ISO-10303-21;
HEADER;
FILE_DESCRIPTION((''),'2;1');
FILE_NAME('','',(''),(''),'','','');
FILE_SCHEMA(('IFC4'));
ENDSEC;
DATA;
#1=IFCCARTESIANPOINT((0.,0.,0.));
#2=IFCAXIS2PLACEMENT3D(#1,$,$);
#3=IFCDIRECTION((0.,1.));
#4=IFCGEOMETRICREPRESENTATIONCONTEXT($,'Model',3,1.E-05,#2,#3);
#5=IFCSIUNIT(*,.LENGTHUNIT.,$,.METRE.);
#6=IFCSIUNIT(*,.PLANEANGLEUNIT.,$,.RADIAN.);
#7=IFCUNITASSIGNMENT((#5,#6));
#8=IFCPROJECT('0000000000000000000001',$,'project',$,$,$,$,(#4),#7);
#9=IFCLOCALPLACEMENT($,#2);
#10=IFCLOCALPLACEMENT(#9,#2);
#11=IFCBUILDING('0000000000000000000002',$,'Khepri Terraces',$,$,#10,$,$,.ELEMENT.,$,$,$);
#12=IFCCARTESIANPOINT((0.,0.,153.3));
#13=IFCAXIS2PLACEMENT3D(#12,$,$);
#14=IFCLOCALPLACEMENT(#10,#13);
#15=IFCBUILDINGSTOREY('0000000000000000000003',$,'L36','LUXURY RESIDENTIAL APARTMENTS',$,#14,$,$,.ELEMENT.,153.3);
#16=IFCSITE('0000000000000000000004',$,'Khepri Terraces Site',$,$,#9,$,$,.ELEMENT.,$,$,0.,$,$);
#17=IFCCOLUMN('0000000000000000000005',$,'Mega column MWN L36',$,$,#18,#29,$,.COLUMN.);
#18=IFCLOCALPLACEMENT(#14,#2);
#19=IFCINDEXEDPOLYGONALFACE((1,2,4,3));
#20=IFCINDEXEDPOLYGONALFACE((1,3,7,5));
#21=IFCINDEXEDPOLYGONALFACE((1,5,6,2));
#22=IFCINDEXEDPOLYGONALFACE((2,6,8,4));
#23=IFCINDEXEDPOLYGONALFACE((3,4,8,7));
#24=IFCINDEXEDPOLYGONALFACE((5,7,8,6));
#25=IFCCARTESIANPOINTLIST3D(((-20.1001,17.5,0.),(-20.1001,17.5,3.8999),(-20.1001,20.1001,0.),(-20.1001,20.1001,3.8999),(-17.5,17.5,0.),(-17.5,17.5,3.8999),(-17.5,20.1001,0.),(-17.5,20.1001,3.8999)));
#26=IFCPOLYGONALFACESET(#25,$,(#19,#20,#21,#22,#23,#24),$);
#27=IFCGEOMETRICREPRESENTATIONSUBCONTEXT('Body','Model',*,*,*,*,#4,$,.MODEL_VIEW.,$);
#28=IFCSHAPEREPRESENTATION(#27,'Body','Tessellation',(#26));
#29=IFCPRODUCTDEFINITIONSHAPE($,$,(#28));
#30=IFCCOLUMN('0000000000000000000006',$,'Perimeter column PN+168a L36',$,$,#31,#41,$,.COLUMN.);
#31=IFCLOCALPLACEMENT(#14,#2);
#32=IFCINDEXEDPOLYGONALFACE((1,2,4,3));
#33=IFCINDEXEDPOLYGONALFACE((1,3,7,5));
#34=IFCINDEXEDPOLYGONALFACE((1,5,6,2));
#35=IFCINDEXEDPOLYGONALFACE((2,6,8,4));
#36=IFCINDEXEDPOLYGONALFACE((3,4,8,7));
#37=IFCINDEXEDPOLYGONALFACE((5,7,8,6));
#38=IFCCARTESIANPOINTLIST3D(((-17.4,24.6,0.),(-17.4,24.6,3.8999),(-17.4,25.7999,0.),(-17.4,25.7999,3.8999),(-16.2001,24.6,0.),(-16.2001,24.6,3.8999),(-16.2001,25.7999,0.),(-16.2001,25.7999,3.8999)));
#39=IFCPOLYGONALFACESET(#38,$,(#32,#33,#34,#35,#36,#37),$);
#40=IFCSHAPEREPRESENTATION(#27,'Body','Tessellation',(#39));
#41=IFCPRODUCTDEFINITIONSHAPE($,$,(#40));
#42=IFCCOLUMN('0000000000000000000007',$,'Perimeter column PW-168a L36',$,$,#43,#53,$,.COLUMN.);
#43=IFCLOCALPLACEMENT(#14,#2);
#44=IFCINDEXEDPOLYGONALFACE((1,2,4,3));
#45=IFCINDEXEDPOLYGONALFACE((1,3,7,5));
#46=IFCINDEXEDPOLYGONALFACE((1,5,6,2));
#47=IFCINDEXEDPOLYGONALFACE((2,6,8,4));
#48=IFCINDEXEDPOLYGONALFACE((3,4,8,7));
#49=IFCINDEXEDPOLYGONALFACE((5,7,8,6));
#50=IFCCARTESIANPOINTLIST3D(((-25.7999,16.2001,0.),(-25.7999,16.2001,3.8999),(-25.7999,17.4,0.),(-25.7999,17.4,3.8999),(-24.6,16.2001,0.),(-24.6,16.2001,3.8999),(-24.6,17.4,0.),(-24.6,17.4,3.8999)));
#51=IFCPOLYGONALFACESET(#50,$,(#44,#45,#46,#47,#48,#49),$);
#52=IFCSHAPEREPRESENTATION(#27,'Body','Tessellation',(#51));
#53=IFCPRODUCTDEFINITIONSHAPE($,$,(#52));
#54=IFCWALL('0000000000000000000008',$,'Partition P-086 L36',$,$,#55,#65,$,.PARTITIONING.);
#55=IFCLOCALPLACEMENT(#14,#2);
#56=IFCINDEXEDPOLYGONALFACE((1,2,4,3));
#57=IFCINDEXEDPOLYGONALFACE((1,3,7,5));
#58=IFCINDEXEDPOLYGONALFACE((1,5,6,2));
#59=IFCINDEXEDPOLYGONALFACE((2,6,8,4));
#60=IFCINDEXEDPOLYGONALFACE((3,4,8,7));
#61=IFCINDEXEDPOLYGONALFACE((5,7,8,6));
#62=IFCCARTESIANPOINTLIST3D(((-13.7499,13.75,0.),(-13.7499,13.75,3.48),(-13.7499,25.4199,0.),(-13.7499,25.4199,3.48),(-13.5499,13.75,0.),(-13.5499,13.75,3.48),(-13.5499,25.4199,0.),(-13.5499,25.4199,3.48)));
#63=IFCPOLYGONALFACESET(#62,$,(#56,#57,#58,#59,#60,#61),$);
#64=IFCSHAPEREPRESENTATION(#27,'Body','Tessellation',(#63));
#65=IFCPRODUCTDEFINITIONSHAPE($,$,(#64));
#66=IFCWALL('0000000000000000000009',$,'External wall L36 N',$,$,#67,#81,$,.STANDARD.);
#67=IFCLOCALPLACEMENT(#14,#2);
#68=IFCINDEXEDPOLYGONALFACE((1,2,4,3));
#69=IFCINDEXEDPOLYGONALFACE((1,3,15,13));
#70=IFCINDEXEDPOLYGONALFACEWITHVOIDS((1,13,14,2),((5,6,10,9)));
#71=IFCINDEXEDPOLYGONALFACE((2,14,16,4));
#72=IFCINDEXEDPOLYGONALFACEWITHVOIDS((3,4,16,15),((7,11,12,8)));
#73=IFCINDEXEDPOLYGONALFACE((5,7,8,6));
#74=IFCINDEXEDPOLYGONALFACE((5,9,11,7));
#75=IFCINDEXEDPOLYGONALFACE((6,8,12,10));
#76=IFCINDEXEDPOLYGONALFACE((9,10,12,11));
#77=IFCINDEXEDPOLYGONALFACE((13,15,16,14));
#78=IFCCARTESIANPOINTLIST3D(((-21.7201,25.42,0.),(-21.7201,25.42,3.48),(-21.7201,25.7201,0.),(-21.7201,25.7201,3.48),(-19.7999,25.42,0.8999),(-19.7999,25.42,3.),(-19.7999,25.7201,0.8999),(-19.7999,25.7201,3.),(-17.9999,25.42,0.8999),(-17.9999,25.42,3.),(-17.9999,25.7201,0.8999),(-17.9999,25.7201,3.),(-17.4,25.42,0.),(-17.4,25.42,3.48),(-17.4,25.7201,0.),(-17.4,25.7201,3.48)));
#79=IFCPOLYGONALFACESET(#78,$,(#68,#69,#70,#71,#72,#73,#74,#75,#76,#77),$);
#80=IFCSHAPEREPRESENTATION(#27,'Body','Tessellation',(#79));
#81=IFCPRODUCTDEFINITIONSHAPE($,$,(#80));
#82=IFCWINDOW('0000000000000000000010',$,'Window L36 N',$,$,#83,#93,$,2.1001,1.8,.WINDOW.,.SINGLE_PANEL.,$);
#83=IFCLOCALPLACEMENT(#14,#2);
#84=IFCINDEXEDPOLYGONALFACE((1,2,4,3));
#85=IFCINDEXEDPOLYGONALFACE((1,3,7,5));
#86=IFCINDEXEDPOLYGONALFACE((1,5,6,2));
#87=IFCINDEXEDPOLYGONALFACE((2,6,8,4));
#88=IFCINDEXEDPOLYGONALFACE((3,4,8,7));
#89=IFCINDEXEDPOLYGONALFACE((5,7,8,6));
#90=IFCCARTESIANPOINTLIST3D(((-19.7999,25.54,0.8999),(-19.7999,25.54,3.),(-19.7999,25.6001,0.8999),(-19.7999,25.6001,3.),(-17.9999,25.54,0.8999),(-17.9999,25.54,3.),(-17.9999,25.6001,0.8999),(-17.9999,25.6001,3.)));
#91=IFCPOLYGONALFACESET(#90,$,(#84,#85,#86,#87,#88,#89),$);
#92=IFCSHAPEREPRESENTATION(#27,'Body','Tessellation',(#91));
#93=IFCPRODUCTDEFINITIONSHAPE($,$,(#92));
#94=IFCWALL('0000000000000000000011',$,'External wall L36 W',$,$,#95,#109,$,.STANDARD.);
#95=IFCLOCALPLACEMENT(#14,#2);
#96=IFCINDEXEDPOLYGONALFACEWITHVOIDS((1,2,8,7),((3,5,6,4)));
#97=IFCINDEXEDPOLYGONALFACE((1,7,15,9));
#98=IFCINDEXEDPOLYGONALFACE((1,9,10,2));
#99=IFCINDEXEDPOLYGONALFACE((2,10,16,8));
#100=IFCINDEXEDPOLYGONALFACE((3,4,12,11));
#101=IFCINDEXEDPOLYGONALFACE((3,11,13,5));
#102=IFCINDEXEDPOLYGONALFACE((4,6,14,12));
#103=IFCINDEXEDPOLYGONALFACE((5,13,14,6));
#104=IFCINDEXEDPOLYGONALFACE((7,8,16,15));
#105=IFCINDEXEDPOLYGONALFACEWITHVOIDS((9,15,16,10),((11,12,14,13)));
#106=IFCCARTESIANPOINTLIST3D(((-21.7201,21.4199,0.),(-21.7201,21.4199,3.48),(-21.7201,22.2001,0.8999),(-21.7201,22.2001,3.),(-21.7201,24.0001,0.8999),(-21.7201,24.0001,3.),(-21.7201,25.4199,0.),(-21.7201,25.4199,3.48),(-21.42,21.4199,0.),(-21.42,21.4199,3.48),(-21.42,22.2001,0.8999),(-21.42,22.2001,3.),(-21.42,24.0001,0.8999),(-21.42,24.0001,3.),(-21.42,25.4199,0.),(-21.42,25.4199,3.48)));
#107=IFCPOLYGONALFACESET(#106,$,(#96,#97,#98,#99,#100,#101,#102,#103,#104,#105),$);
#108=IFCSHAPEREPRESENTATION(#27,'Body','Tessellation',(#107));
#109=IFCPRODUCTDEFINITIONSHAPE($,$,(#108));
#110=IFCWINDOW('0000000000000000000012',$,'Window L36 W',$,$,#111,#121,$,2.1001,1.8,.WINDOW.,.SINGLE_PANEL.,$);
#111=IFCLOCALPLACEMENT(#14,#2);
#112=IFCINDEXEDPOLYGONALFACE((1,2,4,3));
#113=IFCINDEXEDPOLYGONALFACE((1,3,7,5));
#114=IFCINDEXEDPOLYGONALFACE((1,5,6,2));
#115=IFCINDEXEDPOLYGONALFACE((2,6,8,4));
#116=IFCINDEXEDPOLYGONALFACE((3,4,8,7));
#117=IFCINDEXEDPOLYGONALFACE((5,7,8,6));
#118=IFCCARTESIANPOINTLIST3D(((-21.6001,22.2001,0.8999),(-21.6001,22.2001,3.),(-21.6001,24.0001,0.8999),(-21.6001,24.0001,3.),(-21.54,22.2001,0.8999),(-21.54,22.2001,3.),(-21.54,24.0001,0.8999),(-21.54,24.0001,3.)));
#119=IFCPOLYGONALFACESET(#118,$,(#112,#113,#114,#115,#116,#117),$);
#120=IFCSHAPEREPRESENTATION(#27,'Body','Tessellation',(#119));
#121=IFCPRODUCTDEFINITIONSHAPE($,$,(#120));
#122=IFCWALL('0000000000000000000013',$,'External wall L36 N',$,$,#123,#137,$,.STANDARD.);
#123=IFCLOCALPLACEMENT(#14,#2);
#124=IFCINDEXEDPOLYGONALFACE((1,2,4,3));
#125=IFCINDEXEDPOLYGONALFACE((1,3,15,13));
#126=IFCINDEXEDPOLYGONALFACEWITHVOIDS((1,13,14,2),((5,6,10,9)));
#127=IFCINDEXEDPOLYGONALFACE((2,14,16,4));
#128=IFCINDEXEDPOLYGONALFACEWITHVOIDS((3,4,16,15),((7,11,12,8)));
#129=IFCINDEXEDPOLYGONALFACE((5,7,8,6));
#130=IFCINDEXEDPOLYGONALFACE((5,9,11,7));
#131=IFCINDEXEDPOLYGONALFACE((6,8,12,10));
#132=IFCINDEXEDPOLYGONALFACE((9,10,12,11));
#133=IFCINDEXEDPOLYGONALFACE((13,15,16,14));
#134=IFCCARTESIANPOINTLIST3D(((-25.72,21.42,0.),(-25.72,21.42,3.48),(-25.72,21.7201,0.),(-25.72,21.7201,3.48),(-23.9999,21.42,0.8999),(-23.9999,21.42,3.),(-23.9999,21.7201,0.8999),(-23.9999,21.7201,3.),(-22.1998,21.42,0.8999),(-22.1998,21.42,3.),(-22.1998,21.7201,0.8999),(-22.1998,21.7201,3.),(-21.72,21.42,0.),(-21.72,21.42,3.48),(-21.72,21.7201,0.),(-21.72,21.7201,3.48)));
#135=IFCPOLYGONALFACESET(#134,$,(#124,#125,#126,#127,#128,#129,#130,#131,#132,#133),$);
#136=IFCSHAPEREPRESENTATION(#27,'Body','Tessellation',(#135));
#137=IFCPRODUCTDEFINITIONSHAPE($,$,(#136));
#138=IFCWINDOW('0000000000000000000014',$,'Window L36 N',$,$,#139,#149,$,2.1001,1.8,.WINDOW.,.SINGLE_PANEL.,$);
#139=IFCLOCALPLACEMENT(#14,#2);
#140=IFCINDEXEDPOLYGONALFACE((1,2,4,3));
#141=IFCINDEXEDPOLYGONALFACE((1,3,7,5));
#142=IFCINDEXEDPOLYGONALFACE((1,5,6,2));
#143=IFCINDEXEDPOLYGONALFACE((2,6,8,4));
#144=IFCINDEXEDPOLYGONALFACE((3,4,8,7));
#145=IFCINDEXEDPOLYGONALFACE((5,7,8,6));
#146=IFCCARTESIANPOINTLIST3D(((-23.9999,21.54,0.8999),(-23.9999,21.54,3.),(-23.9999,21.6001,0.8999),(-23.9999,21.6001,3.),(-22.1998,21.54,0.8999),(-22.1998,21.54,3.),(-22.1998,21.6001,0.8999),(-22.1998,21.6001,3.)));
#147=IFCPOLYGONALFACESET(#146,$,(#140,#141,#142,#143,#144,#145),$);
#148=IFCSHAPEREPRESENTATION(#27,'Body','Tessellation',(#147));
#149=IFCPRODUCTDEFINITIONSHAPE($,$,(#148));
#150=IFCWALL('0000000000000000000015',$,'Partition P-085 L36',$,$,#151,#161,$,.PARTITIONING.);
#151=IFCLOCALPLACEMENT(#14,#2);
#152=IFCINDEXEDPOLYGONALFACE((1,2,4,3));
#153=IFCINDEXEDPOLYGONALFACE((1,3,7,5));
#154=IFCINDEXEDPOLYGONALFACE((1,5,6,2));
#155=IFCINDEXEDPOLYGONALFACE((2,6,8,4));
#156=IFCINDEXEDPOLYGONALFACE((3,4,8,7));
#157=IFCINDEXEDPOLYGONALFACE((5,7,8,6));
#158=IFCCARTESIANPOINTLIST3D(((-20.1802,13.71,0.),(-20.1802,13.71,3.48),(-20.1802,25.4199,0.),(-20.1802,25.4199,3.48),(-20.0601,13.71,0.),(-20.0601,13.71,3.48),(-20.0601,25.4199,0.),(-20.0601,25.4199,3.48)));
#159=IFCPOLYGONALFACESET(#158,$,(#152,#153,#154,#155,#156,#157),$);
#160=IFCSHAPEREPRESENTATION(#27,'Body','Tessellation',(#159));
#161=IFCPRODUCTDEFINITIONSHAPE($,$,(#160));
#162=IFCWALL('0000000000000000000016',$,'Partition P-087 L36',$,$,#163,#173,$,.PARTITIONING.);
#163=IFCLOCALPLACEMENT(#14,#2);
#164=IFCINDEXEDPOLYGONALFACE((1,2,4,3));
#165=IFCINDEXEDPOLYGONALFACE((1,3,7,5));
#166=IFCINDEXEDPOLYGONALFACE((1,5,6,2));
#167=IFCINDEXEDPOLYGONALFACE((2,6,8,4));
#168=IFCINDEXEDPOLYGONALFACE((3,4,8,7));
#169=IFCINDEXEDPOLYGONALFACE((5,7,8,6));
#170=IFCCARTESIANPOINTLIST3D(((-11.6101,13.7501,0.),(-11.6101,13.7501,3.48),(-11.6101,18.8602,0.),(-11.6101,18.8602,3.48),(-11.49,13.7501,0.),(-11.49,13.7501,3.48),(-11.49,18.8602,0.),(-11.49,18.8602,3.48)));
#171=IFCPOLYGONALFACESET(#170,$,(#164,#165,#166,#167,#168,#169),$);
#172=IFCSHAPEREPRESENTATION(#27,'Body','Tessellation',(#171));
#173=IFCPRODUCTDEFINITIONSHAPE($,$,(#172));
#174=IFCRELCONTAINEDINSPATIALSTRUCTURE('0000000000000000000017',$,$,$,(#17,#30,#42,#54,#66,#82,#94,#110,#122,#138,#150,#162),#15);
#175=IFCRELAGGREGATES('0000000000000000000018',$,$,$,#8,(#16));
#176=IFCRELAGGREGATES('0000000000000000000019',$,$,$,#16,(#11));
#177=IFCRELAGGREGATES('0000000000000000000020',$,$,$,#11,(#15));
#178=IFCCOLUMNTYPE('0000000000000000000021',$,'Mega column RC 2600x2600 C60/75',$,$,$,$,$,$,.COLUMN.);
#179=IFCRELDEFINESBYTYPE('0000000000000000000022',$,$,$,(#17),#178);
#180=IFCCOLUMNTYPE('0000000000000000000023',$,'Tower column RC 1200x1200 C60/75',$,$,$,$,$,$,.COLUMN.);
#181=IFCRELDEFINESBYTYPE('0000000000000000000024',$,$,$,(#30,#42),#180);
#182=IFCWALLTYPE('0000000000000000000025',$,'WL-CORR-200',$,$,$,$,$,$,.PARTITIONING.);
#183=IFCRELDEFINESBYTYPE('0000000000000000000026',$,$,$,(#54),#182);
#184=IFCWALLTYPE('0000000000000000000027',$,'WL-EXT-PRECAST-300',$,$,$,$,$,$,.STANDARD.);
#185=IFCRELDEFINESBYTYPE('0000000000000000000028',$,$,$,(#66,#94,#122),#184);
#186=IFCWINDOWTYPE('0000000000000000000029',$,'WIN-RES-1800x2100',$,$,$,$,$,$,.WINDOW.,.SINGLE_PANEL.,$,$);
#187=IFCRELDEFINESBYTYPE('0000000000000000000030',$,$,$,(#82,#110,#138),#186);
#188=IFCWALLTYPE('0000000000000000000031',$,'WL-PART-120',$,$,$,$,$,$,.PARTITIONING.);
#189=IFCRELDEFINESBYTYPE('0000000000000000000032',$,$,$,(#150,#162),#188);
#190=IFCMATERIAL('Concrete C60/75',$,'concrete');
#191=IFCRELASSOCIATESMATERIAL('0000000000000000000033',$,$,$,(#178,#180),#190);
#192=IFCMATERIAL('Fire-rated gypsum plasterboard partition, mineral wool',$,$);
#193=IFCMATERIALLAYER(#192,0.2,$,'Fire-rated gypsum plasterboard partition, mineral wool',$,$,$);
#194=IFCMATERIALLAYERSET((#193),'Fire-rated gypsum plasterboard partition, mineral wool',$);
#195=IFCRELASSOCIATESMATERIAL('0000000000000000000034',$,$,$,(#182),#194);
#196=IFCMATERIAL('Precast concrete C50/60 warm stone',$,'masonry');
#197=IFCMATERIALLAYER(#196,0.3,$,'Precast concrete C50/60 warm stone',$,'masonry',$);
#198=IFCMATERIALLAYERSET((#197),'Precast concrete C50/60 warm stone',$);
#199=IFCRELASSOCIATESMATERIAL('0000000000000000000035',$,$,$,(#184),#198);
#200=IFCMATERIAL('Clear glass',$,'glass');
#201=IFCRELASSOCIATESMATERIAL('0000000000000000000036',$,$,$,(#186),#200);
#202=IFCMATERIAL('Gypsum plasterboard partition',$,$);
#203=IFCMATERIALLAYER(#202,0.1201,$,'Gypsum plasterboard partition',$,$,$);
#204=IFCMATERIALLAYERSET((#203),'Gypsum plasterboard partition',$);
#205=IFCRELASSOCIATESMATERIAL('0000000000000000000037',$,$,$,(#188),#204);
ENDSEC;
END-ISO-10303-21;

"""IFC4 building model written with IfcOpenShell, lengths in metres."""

from ifc_helpers import new_model, si_unit, direction, frame, frame_2d, origin, origin_2d, place, context, subcontext, project, spatial, rectangle, extrude, material, layer, layer_set, material_profile, profile_set, type_object, element, fill, save


model = new_model("IFC4")

# Units and contexts
model_context = context("Model", 3, precision=1e-05, world=origin(), true_north=direction((0.0, 1.0)))
body_context = subcontext(model_context, "Body", "Model", "MODEL_VIEW")
ifc_project = project(units=[si_unit("LENGTHUNIT", "METRE"), si_unit("PLANEANGLEUNIT", "RADIAN")], contexts=[model_context])

# Site, building, storey
site_placement = place(None, origin())
site = spatial("IfcSite", under=ifc_project, at=site_placement, Name="Khepri Terraces Site", CompositionType="ELEMENT", RefElevation=0.0)
building_placement = place(site_placement, origin())
building = spatial("IfcBuilding", under=site, at=building_placement, Name="Khepri Terraces", CompositionType="ELEMENT")
storey_placement = place(building_placement, frame((0.0, 0.0, 153.3)))
storey = spatial("IfcBuildingStorey", under=building, at=storey_placement, Name="L36", Description="LUXURY RESIDENTIAL APARTMENTS", CompositionType="ELEMENT", Elevation=153.3)

# Columns
ifc_material_1 = material(Name="Concrete C60/75", Category="concrete")
ifc_material_profile_1 = material_profile(ifc_material_1, rectangle(XDim=2.6001, YDim=2.6001, at=origin_2d()), Name="Concrete C60/75", Category="concrete")
ifc_profile_set_1 = profile_set([ifc_material_profile_1], Name="Concrete C60/75")
column_type_1 = type_object("IfcColumnType", Name="Mega column RC 2600x2600 C60/75", PredefinedType="COLUMN", material=ifc_profile_set_1)
column_placement = place(storey_placement, frame((-18.8, 18.8, 0.0), z_axis=(0.0, 0.0, 1.0), x_axis=(1.0, 0.0, 0.0)))
element("IfcColumn", 1, at=column_placement, inside=storey, type_object=column_type_1, Name="Mega column MWN L36", PredefinedType="COLUMN", context=body_context, shape_type="SweptSolid", body=[
    extrude(rectangle(XDim=2.6001, YDim=2.6001, at=origin_2d()), origin(), (0.0, 0.0, 1.0), 3.8999),
])
ifc_material_profile_2 = material_profile(ifc_material_1, rectangle(XDim=1.2, YDim=1.2, at=origin_2d()), Name="Concrete C60/75", Category="concrete")
ifc_profile_set_2 = profile_set([ifc_material_profile_2], Name="Concrete C60/75")
column_type_2 = type_object("IfcColumnType", Name="Tower column RC 1200x1200 C60/75", PredefinedType="COLUMN", material=ifc_profile_set_2)
for number, where, z_axis, x_axis, name in (
    (2, (-16.8, 25.2, 0.0), (0.0, 0.0, 1.0), (1.0, 0.0, 0.0), "Perimeter column PN+168a L36"),
    (3, (-25.2, 16.8, 0.0), (0.0, 0.0, 1.0), (1.0, 0.0, 0.0), "Perimeter column PW-168a L36"),
):
    element("IfcColumn", number, at=place(storey_placement, frame(where, z_axis=z_axis, x_axis=x_axis)), inside=storey, type_object=column_type_2, Name=name, PredefinedType="COLUMN", context=body_context, shape_type="SweptSolid", body=[
        extrude(rectangle(XDim=1.2, YDim=1.2, at=origin_2d()), origin(), (0.0, 0.0, 1.0), 3.8999),
    ])

# Wall
ifc_material_2 = material(Name="Fire-rated gypsum plasterboard partition, mineral wool")
ifc_layer_1 = layer(ifc_material_2, 0.2, Name="Fire-rated gypsum plasterboard partition, mineral wool")
ifc_layer_set_1 = layer_set([ifc_layer_1], Name="Fire-rated gypsum plasterboard partition, mineral wool")
wall_type_1 = type_object("IfcWallType", Name="WL-CORR-200", PredefinedType="PARTITIONING", material=ifc_layer_set_1)
wall_1_placement = place(storey_placement, frame((-13.6499, 13.75, 0.0), z_axis=(0.0, 0.0, 1.0), x_axis=(0.0, 1.0, 0.0)))
element("IfcWall", 4, at=wall_1_placement, inside=storey, type_object=wall_type_1, Name="Partition P-086 L36", PredefinedType="PARTITIONING", context=body_context, shape_type="SweptSolid", body=[
    extrude(rectangle(XDim=11.6699, YDim=0.2, at=frame_2d((5.835, 0.0))), origin(), (0.0, 0.0, 1.0), 3.48),
])

# Walls, openings, windows
ifc_material_3 = material(Name="Precast concrete C50/60 warm stone", Category="masonry")
ifc_layer_2 = layer(ifc_material_3, 0.3, Name="Precast concrete C50/60 warm stone", Category="masonry")
ifc_layer_set_2 = layer_set([ifc_layer_2], Name="Precast concrete C50/60 warm stone")
wall_type_2 = type_object("IfcWallType", Name="WL-EXT-PRECAST-300", PredefinedType="STANDARD", material=ifc_layer_set_2)
wall_2_placement = place(storey_placement, frame((-17.3999, 25.5701, 0.0), z_axis=(0.0, 0.0, 1.0), x_axis=(-1.0, 0.0, 0.0)))
wall_2 = element("IfcWall", 5, at=wall_2_placement, inside=storey, type_object=wall_type_2, Name="External wall L36 N", PredefinedType="STANDARD", context=body_context, shape_type="SweptSolid", body=[
    extrude(rectangle(XDim=4.3201, YDim=0.3, at=frame_2d((2.1602, 0.0))), origin(), (0.0, 0.0, 1.0), 3.48),
])
opening_1_placement = place(wall_2_placement, frame((0.6001, 0.0, 0.8999)))
opening_1 = element("IfcOpeningElement", 6, at=opening_1_placement, cuts=wall_2, PredefinedType="OPENING", context=body_context, shape_type="SweptSolid", body=[
    extrude(rectangle(XDim=1.8, YDim=2.1001, at=frame_2d((0.8999, 1.05))), frame((0.0, 0.1602, 0.0), z_axis=(0.0, -1.0, 0.0), x_axis=(1.0, 0.0, 0.0)), (0.0, 0.0, 1.0), 0.3201),
])
ifc_material_4 = material(Name="Clear glass", Category="glass")
window_type = type_object("IfcWindowType", Name="WIN-RES-1800x2100", PartitioningType="SINGLE_PANEL", PredefinedType="WINDOW", material=ifc_material_4)
window_1_placement = place(opening_1_placement, origin())
window_1 = element("IfcWindow", 7, at=window_1_placement, inside=storey, type_object=window_type, Name="Window L36 N", OverallHeight=2.1001, OverallWidth=1.8, PartitioningType="SINGLE_PANEL", PredefinedType="WINDOW", context=body_context, shape_type="SweptSolid", body=[
    extrude(rectangle(XDim=1.8, YDim=2.1001, at=frame_2d((0.8999, 1.05))), frame((0.0, 0.03, 0.0), z_axis=(0.0, -1.0, 0.0), x_axis=(1.0, 0.0, 0.0)), (0.0, 0.0, 1.0), 0.0601),
])
fill(opening_1, window_1)
wall_3_placement = place(storey_placement, frame((-21.5701, 25.4199, 0.0), z_axis=(0.0, 0.0, 1.0), x_axis=(0.0, -1.0, 0.0)))
wall_3 = element("IfcWall", 8, at=wall_3_placement, inside=storey, type_object=wall_type_2, Name="External wall L36 W", PredefinedType="STANDARD", context=body_context, shape_type="SweptSolid", body=[
    extrude(rectangle(XDim=4.0, YDim=0.3, at=frame_2d((2.0, 0.0))), origin(), (0.0, 0.0, 1.0), 3.48),
])
opening_2_placement = place(wall_3_placement, frame((1.4199, 0.0, 0.8999)))
opening_2 = element("IfcOpeningElement", 9, at=opening_2_placement, cuts=wall_3, PredefinedType="OPENING", context=body_context, shape_type="SweptSolid", body=[
    extrude(rectangle(XDim=1.8, YDim=2.1001, at=frame_2d((0.8999, 1.05))), frame((0.0, 0.1602, 0.0), z_axis=(0.0, -1.0, 0.0), x_axis=(1.0, 0.0, 0.0)), (0.0, 0.0, 1.0), 0.3201),
])
window_2_placement = place(opening_2_placement, origin())
window_2 = element("IfcWindow", 10, at=window_2_placement, inside=storey, type_object=window_type, Name="Window L36 W", OverallHeight=2.1001, OverallWidth=1.8, PartitioningType="SINGLE_PANEL", PredefinedType="WINDOW", context=body_context, shape_type="SweptSolid", body=[
    extrude(rectangle(XDim=1.8, YDim=2.1001, at=frame_2d((0.8999, 1.05))), frame((0.0, 0.03, 0.0), z_axis=(0.0, -1.0, 0.0), x_axis=(1.0, 0.0, 0.0)), (0.0, 0.0, 1.0), 0.0601),
])
fill(opening_2, window_2)
wall_4_placement = place(storey_placement, frame((-21.72, 21.5701, 0.0), z_axis=(0.0, 0.0, 1.0), x_axis=(-1.0, 0.0, 0.0)))
wall_4 = element("IfcWall", 11, at=wall_4_placement, inside=storey, type_object=wall_type_2, Name="External wall L36 N", PredefinedType="STANDARD", context=body_context, shape_type="SweptSolid", body=[
    extrude(rectangle(XDim=4.0, YDim=0.3, at=frame_2d((2.0, 0.0))), origin(), (0.0, 0.0, 1.0), 3.48),
])
opening_3_placement = place(wall_4_placement, frame((0.48, 0.0, 0.8999)))
opening_3 = element("IfcOpeningElement", 12, at=opening_3_placement, cuts=wall_4, PredefinedType="OPENING", context=body_context, shape_type="SweptSolid", body=[
    extrude(rectangle(XDim=1.8, YDim=2.1001, at=frame_2d((0.8999, 1.05))), frame((0.0, 0.1602, 0.0), z_axis=(0.0, -1.0, 0.0), x_axis=(1.0, 0.0, 0.0)), (0.0, 0.0, 1.0), 0.3201),
])
window_3_placement = place(opening_3_placement, origin())
window_3 = element("IfcWindow", 13, at=window_3_placement, inside=storey, type_object=window_type, Name="Window L36 N", OverallHeight=2.1001, OverallWidth=1.8, PartitioningType="SINGLE_PANEL", PredefinedType="WINDOW", context=body_context, shape_type="SweptSolid", body=[
    extrude(rectangle(XDim=1.8, YDim=2.1001, at=frame_2d((0.8999, 1.05))), frame((0.0, 0.03, 0.0), z_axis=(0.0, -1.0, 0.0), x_axis=(1.0, 0.0, 0.0)), (0.0, 0.0, 1.0), 0.0601),
])
fill(opening_3, window_3)

# Walls
ifc_material_5 = material(Name="Gypsum plasterboard partition")
ifc_layer_3 = layer(ifc_material_5, 0.1201, Name="Gypsum plasterboard partition")
ifc_layer_set_3 = layer_set([ifc_layer_3], Name="Gypsum plasterboard partition")
wall_type_3 = type_object("IfcWallType", Name="WL-PART-120", PredefinedType="PARTITIONING", material=ifc_layer_set_3)
wall_5_placement = place(storey_placement, frame((-20.1201, 13.71, 0.0), z_axis=(0.0, 0.0, 1.0), x_axis=(0.0, 1.0, 0.0)))
element("IfcWall", 14, at=wall_5_placement, inside=storey, type_object=wall_type_3, Name="Partition P-085 L36", PredefinedType="PARTITIONING", context=body_context, shape_type="SweptSolid", body=[
    extrude(rectangle(XDim=11.71, YDim=0.1201, at=frame_2d((5.855, 0.0))), origin(), (0.0, 0.0, 1.0), 3.48),
])
wall_6_placement = place(storey_placement, frame((-11.55, 13.75, 0.0), z_axis=(0.0, 0.0, 1.0), x_axis=(0.0, 1.0, 0.0)))
element("IfcWall", 15, at=wall_6_placement, inside=storey, type_object=wall_type_3, Name="Partition P-087 L36", PredefinedType="PARTITIONING", context=body_context, shape_type="SweptSolid", body=[
    extrude(rectangle(XDim=5.1101, YDim=0.1201, at=frame_2d((2.5552, 0.0))), origin(), (0.0, 0.0, 1.0), 3.48),
])

save(model, "model.ifc")
